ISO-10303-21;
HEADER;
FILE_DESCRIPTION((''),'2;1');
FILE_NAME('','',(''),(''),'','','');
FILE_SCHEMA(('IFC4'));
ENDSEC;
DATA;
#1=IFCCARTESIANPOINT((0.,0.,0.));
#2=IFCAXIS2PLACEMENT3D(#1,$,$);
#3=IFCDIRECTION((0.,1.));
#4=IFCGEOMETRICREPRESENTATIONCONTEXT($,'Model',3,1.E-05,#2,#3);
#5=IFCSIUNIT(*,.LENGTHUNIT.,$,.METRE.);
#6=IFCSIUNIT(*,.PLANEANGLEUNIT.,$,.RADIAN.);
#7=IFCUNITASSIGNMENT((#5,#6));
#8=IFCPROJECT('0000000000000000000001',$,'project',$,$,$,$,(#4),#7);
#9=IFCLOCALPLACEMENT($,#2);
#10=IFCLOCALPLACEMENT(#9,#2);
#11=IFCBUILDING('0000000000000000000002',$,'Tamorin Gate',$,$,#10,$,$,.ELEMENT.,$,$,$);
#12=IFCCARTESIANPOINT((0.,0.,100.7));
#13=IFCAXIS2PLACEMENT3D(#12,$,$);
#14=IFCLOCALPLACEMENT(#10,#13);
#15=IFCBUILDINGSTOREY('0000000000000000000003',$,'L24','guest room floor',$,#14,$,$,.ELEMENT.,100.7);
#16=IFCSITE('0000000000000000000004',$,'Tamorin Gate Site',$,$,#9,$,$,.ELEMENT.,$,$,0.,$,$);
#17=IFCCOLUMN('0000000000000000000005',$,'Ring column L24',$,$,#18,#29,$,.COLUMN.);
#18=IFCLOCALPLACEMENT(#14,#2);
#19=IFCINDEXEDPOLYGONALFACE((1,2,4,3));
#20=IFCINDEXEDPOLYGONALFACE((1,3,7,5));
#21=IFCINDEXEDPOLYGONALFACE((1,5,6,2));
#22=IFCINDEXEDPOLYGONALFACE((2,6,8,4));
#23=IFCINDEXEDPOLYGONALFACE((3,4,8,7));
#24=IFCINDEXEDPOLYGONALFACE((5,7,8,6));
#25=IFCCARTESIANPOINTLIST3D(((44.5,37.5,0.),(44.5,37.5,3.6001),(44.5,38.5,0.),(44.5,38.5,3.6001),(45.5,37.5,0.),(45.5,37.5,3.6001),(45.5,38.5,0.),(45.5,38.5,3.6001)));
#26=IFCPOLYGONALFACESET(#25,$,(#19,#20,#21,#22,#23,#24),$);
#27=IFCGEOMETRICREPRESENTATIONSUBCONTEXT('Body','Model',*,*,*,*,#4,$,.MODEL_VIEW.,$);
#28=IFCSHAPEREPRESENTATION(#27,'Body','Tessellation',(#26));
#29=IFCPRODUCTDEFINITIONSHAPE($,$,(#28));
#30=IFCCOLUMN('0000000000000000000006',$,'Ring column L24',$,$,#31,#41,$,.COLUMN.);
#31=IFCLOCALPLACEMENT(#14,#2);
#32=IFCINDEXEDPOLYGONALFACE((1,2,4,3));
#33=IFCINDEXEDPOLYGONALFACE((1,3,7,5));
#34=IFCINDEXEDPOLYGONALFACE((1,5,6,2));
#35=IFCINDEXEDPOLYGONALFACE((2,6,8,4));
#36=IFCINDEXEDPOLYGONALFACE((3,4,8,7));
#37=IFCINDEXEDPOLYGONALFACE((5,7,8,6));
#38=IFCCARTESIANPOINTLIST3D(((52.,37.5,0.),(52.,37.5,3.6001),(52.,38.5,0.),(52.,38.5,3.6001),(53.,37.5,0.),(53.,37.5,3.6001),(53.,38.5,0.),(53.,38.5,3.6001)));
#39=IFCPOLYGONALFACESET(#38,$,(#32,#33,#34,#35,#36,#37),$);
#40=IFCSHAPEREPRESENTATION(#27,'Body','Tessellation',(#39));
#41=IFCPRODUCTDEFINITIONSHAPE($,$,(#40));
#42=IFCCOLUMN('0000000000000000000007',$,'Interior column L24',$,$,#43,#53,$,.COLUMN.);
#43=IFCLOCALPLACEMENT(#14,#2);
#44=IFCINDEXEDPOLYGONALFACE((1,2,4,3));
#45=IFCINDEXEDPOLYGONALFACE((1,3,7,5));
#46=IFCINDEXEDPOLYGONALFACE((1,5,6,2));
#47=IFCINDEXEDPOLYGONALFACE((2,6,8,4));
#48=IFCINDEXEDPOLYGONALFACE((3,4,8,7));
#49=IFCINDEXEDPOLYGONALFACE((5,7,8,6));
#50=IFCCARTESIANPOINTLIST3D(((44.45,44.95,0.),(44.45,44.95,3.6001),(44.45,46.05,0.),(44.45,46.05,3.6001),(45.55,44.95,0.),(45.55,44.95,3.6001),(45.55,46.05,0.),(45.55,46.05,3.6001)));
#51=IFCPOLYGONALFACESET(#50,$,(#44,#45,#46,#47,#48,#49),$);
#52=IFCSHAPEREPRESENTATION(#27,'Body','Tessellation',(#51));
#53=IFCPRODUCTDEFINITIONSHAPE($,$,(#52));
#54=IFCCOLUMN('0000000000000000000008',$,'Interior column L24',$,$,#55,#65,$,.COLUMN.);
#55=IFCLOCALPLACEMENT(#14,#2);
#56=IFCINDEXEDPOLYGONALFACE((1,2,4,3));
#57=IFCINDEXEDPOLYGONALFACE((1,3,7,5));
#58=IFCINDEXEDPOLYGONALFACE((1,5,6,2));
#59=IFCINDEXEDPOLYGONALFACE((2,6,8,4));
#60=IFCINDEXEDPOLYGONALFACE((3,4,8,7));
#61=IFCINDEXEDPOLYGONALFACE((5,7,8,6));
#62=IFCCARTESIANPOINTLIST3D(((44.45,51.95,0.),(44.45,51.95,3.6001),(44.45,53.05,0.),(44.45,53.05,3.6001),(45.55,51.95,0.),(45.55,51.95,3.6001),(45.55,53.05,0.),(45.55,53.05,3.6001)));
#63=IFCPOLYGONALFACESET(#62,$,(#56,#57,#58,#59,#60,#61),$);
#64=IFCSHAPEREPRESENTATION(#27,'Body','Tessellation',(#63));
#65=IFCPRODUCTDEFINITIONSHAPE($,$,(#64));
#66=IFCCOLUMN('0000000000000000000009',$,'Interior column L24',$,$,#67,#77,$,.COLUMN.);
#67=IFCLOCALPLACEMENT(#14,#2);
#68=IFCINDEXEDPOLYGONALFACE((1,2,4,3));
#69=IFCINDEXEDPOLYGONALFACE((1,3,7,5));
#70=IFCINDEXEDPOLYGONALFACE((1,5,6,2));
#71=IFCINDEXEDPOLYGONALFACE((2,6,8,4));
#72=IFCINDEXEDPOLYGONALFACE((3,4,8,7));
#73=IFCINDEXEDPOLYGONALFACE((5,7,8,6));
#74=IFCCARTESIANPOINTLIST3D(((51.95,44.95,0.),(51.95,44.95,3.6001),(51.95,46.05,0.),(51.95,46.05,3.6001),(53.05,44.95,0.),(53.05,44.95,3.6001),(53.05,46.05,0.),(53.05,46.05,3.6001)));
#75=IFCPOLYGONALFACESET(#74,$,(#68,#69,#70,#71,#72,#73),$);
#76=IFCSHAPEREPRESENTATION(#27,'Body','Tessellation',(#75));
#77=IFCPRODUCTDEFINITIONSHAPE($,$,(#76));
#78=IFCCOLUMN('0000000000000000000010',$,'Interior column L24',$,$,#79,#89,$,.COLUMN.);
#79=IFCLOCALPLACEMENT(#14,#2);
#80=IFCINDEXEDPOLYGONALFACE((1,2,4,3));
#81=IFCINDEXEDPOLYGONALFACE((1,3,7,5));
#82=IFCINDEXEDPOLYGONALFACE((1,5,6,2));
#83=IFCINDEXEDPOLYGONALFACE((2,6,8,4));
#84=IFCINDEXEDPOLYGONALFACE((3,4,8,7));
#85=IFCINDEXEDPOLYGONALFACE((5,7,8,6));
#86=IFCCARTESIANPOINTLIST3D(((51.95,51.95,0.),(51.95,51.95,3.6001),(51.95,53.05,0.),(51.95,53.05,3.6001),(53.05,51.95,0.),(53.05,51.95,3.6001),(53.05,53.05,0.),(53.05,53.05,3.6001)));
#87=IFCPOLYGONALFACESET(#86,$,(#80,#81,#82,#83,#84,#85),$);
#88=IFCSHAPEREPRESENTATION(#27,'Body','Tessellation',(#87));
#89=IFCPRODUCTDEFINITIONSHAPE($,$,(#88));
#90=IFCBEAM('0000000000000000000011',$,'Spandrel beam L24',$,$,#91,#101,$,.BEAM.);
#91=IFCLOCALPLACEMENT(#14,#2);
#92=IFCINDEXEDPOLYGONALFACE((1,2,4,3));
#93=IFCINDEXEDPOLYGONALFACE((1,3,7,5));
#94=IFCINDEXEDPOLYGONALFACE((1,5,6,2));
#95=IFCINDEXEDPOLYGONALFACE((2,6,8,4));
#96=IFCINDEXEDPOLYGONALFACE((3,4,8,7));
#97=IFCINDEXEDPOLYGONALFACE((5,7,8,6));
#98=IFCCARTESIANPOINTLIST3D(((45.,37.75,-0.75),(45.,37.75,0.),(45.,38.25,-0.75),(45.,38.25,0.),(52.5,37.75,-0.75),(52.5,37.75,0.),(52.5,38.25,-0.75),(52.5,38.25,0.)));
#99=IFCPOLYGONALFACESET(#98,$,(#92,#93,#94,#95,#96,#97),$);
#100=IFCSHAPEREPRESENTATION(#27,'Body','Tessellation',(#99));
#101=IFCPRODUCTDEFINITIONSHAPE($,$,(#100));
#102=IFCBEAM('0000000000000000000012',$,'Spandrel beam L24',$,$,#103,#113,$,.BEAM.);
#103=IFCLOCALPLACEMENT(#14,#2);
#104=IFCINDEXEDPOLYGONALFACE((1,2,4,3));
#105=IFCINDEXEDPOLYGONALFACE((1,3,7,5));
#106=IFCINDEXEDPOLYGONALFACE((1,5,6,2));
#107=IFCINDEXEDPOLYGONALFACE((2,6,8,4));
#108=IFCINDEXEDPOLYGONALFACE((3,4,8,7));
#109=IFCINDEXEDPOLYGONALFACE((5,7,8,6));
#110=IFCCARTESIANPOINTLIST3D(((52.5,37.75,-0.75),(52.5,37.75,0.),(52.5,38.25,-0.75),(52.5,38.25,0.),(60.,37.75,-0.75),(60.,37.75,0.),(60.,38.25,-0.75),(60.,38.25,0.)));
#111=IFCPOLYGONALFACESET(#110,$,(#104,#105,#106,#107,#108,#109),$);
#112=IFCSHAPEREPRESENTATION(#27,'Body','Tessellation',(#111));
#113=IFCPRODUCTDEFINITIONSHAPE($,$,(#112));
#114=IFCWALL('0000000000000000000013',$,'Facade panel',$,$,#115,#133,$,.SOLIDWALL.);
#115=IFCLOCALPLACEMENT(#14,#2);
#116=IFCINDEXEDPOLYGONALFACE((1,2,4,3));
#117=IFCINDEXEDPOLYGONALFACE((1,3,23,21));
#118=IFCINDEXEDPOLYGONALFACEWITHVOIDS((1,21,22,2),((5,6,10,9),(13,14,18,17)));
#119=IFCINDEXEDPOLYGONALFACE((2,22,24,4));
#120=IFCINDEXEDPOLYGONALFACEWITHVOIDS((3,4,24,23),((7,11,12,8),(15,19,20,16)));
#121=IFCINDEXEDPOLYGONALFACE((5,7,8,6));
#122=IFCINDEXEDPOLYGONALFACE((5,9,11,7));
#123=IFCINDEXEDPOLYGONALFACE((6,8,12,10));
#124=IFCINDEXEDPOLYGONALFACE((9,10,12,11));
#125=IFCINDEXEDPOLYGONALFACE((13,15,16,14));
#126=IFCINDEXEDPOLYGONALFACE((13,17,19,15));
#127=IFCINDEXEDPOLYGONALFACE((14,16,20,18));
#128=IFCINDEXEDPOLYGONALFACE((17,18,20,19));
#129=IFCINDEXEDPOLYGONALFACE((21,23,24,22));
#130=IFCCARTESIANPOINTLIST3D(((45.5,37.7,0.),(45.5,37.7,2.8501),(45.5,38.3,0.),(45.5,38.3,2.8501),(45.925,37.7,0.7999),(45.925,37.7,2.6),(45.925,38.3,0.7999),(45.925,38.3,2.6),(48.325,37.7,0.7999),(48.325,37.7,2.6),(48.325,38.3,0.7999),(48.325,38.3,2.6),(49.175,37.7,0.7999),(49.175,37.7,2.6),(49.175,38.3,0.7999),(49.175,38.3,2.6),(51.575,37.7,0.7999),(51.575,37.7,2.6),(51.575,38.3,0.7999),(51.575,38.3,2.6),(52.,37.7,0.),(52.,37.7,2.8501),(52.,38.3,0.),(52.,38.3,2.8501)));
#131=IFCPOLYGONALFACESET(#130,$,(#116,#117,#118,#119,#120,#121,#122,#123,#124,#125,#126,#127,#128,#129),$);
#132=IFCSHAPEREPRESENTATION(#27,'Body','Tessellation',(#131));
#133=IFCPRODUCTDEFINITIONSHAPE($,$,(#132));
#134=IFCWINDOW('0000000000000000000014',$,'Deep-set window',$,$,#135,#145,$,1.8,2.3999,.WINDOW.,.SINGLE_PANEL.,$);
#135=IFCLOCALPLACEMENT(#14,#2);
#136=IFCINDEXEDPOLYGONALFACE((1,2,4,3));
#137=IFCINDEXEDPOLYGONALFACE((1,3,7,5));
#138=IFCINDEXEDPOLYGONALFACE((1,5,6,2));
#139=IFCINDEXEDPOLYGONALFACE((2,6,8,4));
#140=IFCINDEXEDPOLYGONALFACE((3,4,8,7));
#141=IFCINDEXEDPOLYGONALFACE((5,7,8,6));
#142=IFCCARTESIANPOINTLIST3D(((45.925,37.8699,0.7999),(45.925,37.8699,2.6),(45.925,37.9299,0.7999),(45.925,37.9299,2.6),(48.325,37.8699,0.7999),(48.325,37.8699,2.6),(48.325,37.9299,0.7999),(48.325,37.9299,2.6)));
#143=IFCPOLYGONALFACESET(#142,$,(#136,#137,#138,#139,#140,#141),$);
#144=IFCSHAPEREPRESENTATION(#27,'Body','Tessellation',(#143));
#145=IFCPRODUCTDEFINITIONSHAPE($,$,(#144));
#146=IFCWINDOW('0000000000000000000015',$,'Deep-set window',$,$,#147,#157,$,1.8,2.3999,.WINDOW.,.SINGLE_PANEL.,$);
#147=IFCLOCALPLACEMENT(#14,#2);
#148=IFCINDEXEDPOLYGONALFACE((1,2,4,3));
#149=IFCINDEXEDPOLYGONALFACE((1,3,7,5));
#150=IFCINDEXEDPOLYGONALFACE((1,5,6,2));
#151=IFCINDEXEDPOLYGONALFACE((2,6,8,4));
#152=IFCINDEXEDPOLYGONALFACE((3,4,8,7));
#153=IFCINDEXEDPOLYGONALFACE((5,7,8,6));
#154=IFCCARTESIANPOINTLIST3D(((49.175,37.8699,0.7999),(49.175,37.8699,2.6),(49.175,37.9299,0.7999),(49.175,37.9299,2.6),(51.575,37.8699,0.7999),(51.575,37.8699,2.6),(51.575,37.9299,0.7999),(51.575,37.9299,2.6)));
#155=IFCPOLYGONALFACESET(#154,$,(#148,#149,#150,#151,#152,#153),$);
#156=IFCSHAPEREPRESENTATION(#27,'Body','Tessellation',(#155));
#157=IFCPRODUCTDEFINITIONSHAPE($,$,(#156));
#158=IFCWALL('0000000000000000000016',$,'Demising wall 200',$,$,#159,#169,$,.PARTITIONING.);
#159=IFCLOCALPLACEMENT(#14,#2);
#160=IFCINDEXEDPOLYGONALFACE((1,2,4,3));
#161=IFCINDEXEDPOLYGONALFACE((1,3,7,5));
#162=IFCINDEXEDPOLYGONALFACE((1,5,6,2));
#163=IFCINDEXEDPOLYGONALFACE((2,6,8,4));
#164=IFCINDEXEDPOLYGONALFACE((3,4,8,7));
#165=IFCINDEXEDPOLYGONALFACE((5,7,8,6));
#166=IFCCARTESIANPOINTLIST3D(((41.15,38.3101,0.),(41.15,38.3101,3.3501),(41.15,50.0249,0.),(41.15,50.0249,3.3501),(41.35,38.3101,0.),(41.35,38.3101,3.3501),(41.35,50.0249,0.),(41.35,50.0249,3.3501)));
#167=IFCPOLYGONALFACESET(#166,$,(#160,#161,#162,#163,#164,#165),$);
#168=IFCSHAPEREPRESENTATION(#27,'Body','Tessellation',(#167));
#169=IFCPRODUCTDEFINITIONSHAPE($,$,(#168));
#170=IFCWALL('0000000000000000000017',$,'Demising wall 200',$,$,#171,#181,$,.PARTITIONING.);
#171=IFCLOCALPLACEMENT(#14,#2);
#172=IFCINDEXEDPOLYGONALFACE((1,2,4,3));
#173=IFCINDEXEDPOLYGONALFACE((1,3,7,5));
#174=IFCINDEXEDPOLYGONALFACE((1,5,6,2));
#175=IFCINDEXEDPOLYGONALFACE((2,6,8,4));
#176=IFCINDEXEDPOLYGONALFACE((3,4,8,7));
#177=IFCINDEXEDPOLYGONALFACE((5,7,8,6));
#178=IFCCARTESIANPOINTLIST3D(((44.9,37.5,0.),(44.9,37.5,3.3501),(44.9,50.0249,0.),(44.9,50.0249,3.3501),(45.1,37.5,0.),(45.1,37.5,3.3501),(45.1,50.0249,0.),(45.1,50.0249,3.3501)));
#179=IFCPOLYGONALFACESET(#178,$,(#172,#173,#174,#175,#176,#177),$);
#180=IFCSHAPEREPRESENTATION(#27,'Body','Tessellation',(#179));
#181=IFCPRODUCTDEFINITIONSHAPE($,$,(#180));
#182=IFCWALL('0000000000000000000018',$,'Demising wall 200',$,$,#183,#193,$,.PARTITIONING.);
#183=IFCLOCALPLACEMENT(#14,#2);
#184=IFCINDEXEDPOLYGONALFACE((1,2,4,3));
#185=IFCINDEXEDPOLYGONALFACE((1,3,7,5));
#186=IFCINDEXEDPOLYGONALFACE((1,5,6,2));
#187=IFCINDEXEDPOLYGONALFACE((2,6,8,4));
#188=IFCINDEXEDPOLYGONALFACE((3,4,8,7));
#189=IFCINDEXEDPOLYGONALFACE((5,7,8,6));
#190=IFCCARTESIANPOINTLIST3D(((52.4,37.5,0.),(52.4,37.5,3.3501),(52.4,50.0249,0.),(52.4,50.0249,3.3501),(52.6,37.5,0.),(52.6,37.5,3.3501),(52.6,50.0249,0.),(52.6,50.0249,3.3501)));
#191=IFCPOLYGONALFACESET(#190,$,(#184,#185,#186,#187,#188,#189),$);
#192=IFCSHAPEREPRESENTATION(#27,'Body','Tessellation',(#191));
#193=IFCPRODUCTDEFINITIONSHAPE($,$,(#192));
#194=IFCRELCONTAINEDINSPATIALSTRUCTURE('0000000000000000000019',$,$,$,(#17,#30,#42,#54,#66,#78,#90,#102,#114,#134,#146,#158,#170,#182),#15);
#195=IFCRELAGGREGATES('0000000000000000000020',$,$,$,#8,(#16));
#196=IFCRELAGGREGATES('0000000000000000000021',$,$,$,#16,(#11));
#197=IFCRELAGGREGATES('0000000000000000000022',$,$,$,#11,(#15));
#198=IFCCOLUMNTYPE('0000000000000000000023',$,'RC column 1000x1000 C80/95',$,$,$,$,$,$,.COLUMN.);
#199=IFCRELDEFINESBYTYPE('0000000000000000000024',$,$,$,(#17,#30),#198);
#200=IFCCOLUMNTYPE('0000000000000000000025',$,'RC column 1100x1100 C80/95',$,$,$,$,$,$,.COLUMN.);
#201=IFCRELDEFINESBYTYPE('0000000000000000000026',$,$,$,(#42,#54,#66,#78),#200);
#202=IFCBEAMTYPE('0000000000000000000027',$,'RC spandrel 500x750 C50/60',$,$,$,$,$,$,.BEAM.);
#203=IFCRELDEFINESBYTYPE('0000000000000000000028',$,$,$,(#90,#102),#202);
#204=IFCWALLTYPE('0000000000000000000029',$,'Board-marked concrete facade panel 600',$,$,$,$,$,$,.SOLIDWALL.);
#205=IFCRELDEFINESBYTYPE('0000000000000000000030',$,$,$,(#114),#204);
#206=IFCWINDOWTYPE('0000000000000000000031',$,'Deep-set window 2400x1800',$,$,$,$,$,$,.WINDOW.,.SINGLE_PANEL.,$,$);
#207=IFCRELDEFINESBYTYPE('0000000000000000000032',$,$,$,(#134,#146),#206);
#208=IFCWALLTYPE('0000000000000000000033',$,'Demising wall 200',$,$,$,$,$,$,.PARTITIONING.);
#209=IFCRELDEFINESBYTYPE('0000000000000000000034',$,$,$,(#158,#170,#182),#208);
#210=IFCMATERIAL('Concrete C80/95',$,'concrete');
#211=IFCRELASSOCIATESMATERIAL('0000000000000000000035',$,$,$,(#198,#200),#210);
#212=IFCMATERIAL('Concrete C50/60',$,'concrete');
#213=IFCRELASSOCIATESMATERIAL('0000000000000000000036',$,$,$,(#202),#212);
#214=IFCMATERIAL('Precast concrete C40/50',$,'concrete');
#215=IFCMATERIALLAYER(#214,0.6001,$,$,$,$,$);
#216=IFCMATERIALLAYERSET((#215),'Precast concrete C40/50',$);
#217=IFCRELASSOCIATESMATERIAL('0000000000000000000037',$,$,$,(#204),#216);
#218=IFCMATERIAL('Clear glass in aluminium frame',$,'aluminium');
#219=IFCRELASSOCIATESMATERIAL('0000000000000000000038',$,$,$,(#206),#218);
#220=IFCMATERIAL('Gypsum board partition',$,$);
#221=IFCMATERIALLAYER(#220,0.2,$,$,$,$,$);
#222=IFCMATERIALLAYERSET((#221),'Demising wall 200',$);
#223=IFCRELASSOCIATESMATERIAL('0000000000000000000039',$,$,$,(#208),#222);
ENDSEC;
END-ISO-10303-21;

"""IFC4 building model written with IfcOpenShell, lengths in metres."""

from ifc_helpers import new_model, si_unit, direction, frame, frame_2d, origin, origin_2d, place, context, subcontext, project, spatial, rectangle, extrude, material, layer, layer_set, material_profile, profile_set, type_object, element, fill, save


model = new_model("IFC4")

# Units and contexts
model_context = context("Model", 3, precision=1e-05, world=origin(), true_north=direction((0.0, 1.0)))
body_context = subcontext(model_context, "Body", "Model", "MODEL_VIEW")
ifc_project = project(units=[si_unit("LENGTHUNIT", "METRE"), si_unit("PLANEANGLEUNIT", "RADIAN")], contexts=[model_context])

# Site, building, storey
site_placement = place(None, origin())
site = spatial("IfcSite", under=ifc_project, at=site_placement, Name="Tamorin Gate Site", CompositionType="ELEMENT", RefElevation=0.0)
building_placement = place(site_placement, origin())
building = spatial("IfcBuilding", under=site, at=building_placement, Name="Tamorin Gate", CompositionType="ELEMENT")
storey_placement = place(building_placement, frame((0.0, 0.0, 100.7)))
storey = spatial("IfcBuildingStorey", under=building, at=storey_placement, Name="L24", Description="guest room floor", CompositionType="ELEMENT", Elevation=100.7)

# Columns
ifc_material_1 = material(Name="Concrete C80/95", Category="concrete")
ifc_material_profile_1 = material_profile(ifc_material_1, rectangle(XDim=1.0, YDim=1.0, at=origin_2d()), Name="RC 1000x1000")
ifc_profile_set_1 = profile_set([ifc_material_profile_1], Name="Concrete C80/95")
column_type_1 = type_object("IfcColumnType", Name="RC column 1000x1000 C80/95", PredefinedType="COLUMN", material=ifc_profile_set_1)
for number, where, z_axis, x_axis, name in (
    (1, (45.0, 38.0, 0.0), (0.0, 0.0, 1.0), (1.0, 0.0, 0.0), "Ring column L24"),
    (2, (52.5, 38.0, 0.0), (0.0, 0.0, 1.0), (1.0, 0.0, 0.0), "Ring column L24"),
):
    element("IfcColumn", number, at=place(storey_placement, frame(where, z_axis=z_axis, x_axis=x_axis)), inside=storey, type_object=column_type_1, Name=name, PredefinedType="COLUMN", context=body_context, shape_type="SweptSolid", body=[
        extrude(rectangle(XDim=1.0, YDim=1.0, at=origin_2d()), origin(), (0.0, 0.0, 1.0), 3.6001),
    ])
ifc_material_profile_2 = material_profile(ifc_material_1, rectangle(XDim=1.1001, YDim=1.1001, at=origin_2d()), Name="RC 1100x1100")
ifc_profile_set_2 = profile_set([ifc_material_profile_2], Name="Concrete C80/95")
column_type_2 = type_object("IfcColumnType", Name="RC column 1100x1100 C80/95", PredefinedType="COLUMN", material=ifc_profile_set_2)
for number, where, z_axis, x_axis, name in (
    (3, (45.0, 45.5, 0.0), (0.0, 0.0, 1.0), (1.0, 0.0, 0.0), "Interior column L24"),
    (4, (45.0, 52.5, 0.0), (0.0, 0.0, 1.0), (1.0, 0.0, 0.0), "Interior column L24"),
    (5, (52.5, 45.5, 0.0), (0.0, 0.0, 1.0), (1.0, 0.0, 0.0), "Interior column L24"),
    (6, (52.5, 52.5, 0.0), (0.0, 0.0, 1.0), (1.0, 0.0, 0.0), "Interior column L24"),
):
    element("IfcColumn", number, at=place(storey_placement, frame(where, z_axis=z_axis, x_axis=x_axis)), inside=storey, type_object=column_type_2, Name=name, PredefinedType="COLUMN", context=body_context, shape_type="SweptSolid", body=[
        extrude(rectangle(XDim=1.1001, YDim=1.1001, at=origin_2d()), origin(), (0.0, 0.0, 1.0), 3.6001),
    ])

# Beams
ifc_material_2 = material(Name="Concrete C50/60", Category="concrete")
ifc_material_profile_3 = material_profile(ifc_material_2, rectangle(XDim=0.5, YDim=0.75, at=origin_2d()), Name="RC 500x750")
ifc_profile_set_3 = profile_set([ifc_material_profile_3], Name="Concrete C50/60")
beam_type = type_object("IfcBeamType", Name="RC spandrel 500x750 C50/60", PredefinedType="BEAM", material=ifc_profile_set_3)
for number, where, z_axis, x_axis, name in (
    (7, (45.0, 38.0, -0.375), (1.0, 0.0, 0.0), (0.0, 1.0, 0.0), "Spandrel beam L24"),
    (8, (52.5, 38.0, -0.375), (1.0, 0.0, 0.0), (0.0, 1.0, 0.0), "Spandrel beam L24"),
):
    element("IfcBeam", number, at=place(storey_placement, frame(where, z_axis=z_axis, x_axis=x_axis)), inside=storey, type_object=beam_type, Name=name, PredefinedType="BEAM", context=body_context, shape_type="SweptSolid", body=[
        extrude(rectangle(XDim=0.5, YDim=0.75, at=origin_2d()), origin(), (0.0, 0.0, 1.0), 7.5),
    ])

# Wall, openings, windows
ifc_material_3 = material(Name="Precast concrete C40/50", Category="concrete")
ifc_layer_1 = layer(ifc_material_3, 0.6001)
ifc_layer_set_1 = layer_set([ifc_layer_1], Name="Precast concrete C40/50")
wall_type_1 = type_object("IfcWallType", Name="Board-marked concrete facade panel 600", PredefinedType="SOLIDWALL", material=ifc_layer_set_1)
wall_1_placement = place(storey_placement, frame((45.5, 38.0, 0.0), z_axis=(0.0, 0.0, 1.0), x_axis=(1.0, 0.0, 0.0)))
wall_1 = element("IfcWall", 9, at=wall_1_placement, inside=storey, type_object=wall_type_1, Name="Facade panel", PredefinedType="SOLIDWALL", context=body_context, shape_type="SweptSolid", body=[
    extrude(rectangle(XDim=6.5, YDim=0.6001, at=frame_2d((3.25, 0.0))), origin(), (0.0, 0.0, 1.0), 2.8501),
])
opening_1_placement = place(wall_1_placement, frame((0.425, 0.0, 0.8)))
opening_1 = element("IfcOpeningElement", 10, at=opening_1_placement, cuts=wall_1, PredefinedType="OPENING", context=body_context, shape_type="SweptSolid", body=[
    extrude(rectangle(XDim=2.3999, YDim=1.8, at=frame_2d((1.2, 0.8999))), frame((0.0, 0.3101, 0.0), z_axis=(0.0, -1.0, 0.0), x_axis=(1.0, 0.0, 0.0)), (0.0, 0.0, 1.0), 0.6201),
])
opening_2_placement = place(wall_1_placement, frame((3.675, 0.0, 0.8)))
opening_2 = element("IfcOpeningElement", 11, at=opening_2_placement, cuts=wall_1, PredefinedType="OPENING", context=body_context, shape_type="SweptSolid", body=[
    extrude(rectangle(XDim=2.3999, YDim=1.8, at=frame_2d((1.2, 0.8999))), frame((0.0, 0.3101, 0.0), z_axis=(0.0, -1.0, 0.0), x_axis=(1.0, 0.0, 0.0)), (0.0, 0.0, 1.0), 0.6201),
])
ifc_material_4 = material(Name="Clear glass in aluminium frame", Category="aluminium")
window_type = type_object("IfcWindowType", Name="Deep-set window 2400x1800", PartitioningType="SINGLE_PANEL", PredefinedType="WINDOW", material=ifc_material_4)
window_1_placement = place(opening_1_placement, origin())
window_1 = element("IfcWindow", 12, at=window_1_placement, inside=storey, type_object=window_type, Name="Deep-set window", OverallHeight=1.8, OverallWidth=2.3999, PartitioningType="SINGLE_PANEL", PredefinedType="WINDOW", context=body_context, shape_type="SweptSolid", body=[
    extrude(rectangle(XDim=2.3999, YDim=1.8, at=frame_2d((1.2, 0.8999))), frame((0.0, -0.0701, 0.0), z_axis=(0.0, -1.0, 0.0), x_axis=(1.0, 0.0, 0.0)), (0.0, 0.0, 1.0), 0.0601),
])
fill(opening_1, window_1)
window_2_placement = place(opening_2_placement, origin())
window_2 = element("IfcWindow", 13, at=window_2_placement, inside=storey, type_object=window_type, Name="Deep-set window", OverallHeight=1.8, OverallWidth=2.3999, PartitioningType="SINGLE_PANEL", PredefinedType="WINDOW", context=body_context, shape_type="SweptSolid", body=[
    extrude(rectangle(XDim=2.3999, YDim=1.8, at=frame_2d((1.2, 0.8999))), frame((0.0, -0.0701, 0.0), z_axis=(0.0, -1.0, 0.0), x_axis=(1.0, 0.0, 0.0)), (0.0, 0.0, 1.0), 0.0601),
])
fill(opening_2, window_2)

# Walls
ifc_material_5 = material(Name="Gypsum board partition")
ifc_layer_2 = layer(ifc_material_5, 0.2)
ifc_layer_set_2 = layer_set([ifc_layer_2], Name="Demising wall 200")
wall_type_2 = type_object("IfcWallType", Name="Demising wall 200", PredefinedType="PARTITIONING", material=ifc_layer_set_2)
wall_2_placement = place(storey_placement, frame((41.25, 38.3101, 0.0), z_axis=(0.0, 0.0, 1.0), x_axis=(0.0, 1.0, 0.0)))
element("IfcWall", 14, at=wall_2_placement, inside=storey, type_object=wall_type_2, Name="Demising wall 200", PredefinedType="PARTITIONING", context=body_context, shape_type="SweptSolid", body=[
    extrude(rectangle(XDim=11.7148, YDim=0.2, at=frame_2d((5.8574, 0.0))), origin(), (0.0, 0.0, 1.0), 3.3501),
])
for number, where, z_axis, x_axis, name in (
    (15, (45.0, 37.5, 0.0), (0.0, 0.0, 1.0), (0.0, 1.0, 0.0), "Demising wall 200"),
    (16, (52.5, 37.5, 0.0), (0.0, 0.0, 1.0), (0.0, 1.0, 0.0), "Demising wall 200"),
):
    element("IfcWall", number, at=place(storey_placement, frame(where, z_axis=z_axis, x_axis=x_axis)), inside=storey, type_object=wall_type_2, Name=name, PredefinedType="PARTITIONING", context=body_context, shape_type="SweptSolid", body=[
        extrude(rectangle(XDim=12.5249, YDim=0.2, at=frame_2d((6.2625, 0.0))), origin(), (0.0, 0.0, 1.0), 3.3501),
    ])

save(model, "model.ifc")
